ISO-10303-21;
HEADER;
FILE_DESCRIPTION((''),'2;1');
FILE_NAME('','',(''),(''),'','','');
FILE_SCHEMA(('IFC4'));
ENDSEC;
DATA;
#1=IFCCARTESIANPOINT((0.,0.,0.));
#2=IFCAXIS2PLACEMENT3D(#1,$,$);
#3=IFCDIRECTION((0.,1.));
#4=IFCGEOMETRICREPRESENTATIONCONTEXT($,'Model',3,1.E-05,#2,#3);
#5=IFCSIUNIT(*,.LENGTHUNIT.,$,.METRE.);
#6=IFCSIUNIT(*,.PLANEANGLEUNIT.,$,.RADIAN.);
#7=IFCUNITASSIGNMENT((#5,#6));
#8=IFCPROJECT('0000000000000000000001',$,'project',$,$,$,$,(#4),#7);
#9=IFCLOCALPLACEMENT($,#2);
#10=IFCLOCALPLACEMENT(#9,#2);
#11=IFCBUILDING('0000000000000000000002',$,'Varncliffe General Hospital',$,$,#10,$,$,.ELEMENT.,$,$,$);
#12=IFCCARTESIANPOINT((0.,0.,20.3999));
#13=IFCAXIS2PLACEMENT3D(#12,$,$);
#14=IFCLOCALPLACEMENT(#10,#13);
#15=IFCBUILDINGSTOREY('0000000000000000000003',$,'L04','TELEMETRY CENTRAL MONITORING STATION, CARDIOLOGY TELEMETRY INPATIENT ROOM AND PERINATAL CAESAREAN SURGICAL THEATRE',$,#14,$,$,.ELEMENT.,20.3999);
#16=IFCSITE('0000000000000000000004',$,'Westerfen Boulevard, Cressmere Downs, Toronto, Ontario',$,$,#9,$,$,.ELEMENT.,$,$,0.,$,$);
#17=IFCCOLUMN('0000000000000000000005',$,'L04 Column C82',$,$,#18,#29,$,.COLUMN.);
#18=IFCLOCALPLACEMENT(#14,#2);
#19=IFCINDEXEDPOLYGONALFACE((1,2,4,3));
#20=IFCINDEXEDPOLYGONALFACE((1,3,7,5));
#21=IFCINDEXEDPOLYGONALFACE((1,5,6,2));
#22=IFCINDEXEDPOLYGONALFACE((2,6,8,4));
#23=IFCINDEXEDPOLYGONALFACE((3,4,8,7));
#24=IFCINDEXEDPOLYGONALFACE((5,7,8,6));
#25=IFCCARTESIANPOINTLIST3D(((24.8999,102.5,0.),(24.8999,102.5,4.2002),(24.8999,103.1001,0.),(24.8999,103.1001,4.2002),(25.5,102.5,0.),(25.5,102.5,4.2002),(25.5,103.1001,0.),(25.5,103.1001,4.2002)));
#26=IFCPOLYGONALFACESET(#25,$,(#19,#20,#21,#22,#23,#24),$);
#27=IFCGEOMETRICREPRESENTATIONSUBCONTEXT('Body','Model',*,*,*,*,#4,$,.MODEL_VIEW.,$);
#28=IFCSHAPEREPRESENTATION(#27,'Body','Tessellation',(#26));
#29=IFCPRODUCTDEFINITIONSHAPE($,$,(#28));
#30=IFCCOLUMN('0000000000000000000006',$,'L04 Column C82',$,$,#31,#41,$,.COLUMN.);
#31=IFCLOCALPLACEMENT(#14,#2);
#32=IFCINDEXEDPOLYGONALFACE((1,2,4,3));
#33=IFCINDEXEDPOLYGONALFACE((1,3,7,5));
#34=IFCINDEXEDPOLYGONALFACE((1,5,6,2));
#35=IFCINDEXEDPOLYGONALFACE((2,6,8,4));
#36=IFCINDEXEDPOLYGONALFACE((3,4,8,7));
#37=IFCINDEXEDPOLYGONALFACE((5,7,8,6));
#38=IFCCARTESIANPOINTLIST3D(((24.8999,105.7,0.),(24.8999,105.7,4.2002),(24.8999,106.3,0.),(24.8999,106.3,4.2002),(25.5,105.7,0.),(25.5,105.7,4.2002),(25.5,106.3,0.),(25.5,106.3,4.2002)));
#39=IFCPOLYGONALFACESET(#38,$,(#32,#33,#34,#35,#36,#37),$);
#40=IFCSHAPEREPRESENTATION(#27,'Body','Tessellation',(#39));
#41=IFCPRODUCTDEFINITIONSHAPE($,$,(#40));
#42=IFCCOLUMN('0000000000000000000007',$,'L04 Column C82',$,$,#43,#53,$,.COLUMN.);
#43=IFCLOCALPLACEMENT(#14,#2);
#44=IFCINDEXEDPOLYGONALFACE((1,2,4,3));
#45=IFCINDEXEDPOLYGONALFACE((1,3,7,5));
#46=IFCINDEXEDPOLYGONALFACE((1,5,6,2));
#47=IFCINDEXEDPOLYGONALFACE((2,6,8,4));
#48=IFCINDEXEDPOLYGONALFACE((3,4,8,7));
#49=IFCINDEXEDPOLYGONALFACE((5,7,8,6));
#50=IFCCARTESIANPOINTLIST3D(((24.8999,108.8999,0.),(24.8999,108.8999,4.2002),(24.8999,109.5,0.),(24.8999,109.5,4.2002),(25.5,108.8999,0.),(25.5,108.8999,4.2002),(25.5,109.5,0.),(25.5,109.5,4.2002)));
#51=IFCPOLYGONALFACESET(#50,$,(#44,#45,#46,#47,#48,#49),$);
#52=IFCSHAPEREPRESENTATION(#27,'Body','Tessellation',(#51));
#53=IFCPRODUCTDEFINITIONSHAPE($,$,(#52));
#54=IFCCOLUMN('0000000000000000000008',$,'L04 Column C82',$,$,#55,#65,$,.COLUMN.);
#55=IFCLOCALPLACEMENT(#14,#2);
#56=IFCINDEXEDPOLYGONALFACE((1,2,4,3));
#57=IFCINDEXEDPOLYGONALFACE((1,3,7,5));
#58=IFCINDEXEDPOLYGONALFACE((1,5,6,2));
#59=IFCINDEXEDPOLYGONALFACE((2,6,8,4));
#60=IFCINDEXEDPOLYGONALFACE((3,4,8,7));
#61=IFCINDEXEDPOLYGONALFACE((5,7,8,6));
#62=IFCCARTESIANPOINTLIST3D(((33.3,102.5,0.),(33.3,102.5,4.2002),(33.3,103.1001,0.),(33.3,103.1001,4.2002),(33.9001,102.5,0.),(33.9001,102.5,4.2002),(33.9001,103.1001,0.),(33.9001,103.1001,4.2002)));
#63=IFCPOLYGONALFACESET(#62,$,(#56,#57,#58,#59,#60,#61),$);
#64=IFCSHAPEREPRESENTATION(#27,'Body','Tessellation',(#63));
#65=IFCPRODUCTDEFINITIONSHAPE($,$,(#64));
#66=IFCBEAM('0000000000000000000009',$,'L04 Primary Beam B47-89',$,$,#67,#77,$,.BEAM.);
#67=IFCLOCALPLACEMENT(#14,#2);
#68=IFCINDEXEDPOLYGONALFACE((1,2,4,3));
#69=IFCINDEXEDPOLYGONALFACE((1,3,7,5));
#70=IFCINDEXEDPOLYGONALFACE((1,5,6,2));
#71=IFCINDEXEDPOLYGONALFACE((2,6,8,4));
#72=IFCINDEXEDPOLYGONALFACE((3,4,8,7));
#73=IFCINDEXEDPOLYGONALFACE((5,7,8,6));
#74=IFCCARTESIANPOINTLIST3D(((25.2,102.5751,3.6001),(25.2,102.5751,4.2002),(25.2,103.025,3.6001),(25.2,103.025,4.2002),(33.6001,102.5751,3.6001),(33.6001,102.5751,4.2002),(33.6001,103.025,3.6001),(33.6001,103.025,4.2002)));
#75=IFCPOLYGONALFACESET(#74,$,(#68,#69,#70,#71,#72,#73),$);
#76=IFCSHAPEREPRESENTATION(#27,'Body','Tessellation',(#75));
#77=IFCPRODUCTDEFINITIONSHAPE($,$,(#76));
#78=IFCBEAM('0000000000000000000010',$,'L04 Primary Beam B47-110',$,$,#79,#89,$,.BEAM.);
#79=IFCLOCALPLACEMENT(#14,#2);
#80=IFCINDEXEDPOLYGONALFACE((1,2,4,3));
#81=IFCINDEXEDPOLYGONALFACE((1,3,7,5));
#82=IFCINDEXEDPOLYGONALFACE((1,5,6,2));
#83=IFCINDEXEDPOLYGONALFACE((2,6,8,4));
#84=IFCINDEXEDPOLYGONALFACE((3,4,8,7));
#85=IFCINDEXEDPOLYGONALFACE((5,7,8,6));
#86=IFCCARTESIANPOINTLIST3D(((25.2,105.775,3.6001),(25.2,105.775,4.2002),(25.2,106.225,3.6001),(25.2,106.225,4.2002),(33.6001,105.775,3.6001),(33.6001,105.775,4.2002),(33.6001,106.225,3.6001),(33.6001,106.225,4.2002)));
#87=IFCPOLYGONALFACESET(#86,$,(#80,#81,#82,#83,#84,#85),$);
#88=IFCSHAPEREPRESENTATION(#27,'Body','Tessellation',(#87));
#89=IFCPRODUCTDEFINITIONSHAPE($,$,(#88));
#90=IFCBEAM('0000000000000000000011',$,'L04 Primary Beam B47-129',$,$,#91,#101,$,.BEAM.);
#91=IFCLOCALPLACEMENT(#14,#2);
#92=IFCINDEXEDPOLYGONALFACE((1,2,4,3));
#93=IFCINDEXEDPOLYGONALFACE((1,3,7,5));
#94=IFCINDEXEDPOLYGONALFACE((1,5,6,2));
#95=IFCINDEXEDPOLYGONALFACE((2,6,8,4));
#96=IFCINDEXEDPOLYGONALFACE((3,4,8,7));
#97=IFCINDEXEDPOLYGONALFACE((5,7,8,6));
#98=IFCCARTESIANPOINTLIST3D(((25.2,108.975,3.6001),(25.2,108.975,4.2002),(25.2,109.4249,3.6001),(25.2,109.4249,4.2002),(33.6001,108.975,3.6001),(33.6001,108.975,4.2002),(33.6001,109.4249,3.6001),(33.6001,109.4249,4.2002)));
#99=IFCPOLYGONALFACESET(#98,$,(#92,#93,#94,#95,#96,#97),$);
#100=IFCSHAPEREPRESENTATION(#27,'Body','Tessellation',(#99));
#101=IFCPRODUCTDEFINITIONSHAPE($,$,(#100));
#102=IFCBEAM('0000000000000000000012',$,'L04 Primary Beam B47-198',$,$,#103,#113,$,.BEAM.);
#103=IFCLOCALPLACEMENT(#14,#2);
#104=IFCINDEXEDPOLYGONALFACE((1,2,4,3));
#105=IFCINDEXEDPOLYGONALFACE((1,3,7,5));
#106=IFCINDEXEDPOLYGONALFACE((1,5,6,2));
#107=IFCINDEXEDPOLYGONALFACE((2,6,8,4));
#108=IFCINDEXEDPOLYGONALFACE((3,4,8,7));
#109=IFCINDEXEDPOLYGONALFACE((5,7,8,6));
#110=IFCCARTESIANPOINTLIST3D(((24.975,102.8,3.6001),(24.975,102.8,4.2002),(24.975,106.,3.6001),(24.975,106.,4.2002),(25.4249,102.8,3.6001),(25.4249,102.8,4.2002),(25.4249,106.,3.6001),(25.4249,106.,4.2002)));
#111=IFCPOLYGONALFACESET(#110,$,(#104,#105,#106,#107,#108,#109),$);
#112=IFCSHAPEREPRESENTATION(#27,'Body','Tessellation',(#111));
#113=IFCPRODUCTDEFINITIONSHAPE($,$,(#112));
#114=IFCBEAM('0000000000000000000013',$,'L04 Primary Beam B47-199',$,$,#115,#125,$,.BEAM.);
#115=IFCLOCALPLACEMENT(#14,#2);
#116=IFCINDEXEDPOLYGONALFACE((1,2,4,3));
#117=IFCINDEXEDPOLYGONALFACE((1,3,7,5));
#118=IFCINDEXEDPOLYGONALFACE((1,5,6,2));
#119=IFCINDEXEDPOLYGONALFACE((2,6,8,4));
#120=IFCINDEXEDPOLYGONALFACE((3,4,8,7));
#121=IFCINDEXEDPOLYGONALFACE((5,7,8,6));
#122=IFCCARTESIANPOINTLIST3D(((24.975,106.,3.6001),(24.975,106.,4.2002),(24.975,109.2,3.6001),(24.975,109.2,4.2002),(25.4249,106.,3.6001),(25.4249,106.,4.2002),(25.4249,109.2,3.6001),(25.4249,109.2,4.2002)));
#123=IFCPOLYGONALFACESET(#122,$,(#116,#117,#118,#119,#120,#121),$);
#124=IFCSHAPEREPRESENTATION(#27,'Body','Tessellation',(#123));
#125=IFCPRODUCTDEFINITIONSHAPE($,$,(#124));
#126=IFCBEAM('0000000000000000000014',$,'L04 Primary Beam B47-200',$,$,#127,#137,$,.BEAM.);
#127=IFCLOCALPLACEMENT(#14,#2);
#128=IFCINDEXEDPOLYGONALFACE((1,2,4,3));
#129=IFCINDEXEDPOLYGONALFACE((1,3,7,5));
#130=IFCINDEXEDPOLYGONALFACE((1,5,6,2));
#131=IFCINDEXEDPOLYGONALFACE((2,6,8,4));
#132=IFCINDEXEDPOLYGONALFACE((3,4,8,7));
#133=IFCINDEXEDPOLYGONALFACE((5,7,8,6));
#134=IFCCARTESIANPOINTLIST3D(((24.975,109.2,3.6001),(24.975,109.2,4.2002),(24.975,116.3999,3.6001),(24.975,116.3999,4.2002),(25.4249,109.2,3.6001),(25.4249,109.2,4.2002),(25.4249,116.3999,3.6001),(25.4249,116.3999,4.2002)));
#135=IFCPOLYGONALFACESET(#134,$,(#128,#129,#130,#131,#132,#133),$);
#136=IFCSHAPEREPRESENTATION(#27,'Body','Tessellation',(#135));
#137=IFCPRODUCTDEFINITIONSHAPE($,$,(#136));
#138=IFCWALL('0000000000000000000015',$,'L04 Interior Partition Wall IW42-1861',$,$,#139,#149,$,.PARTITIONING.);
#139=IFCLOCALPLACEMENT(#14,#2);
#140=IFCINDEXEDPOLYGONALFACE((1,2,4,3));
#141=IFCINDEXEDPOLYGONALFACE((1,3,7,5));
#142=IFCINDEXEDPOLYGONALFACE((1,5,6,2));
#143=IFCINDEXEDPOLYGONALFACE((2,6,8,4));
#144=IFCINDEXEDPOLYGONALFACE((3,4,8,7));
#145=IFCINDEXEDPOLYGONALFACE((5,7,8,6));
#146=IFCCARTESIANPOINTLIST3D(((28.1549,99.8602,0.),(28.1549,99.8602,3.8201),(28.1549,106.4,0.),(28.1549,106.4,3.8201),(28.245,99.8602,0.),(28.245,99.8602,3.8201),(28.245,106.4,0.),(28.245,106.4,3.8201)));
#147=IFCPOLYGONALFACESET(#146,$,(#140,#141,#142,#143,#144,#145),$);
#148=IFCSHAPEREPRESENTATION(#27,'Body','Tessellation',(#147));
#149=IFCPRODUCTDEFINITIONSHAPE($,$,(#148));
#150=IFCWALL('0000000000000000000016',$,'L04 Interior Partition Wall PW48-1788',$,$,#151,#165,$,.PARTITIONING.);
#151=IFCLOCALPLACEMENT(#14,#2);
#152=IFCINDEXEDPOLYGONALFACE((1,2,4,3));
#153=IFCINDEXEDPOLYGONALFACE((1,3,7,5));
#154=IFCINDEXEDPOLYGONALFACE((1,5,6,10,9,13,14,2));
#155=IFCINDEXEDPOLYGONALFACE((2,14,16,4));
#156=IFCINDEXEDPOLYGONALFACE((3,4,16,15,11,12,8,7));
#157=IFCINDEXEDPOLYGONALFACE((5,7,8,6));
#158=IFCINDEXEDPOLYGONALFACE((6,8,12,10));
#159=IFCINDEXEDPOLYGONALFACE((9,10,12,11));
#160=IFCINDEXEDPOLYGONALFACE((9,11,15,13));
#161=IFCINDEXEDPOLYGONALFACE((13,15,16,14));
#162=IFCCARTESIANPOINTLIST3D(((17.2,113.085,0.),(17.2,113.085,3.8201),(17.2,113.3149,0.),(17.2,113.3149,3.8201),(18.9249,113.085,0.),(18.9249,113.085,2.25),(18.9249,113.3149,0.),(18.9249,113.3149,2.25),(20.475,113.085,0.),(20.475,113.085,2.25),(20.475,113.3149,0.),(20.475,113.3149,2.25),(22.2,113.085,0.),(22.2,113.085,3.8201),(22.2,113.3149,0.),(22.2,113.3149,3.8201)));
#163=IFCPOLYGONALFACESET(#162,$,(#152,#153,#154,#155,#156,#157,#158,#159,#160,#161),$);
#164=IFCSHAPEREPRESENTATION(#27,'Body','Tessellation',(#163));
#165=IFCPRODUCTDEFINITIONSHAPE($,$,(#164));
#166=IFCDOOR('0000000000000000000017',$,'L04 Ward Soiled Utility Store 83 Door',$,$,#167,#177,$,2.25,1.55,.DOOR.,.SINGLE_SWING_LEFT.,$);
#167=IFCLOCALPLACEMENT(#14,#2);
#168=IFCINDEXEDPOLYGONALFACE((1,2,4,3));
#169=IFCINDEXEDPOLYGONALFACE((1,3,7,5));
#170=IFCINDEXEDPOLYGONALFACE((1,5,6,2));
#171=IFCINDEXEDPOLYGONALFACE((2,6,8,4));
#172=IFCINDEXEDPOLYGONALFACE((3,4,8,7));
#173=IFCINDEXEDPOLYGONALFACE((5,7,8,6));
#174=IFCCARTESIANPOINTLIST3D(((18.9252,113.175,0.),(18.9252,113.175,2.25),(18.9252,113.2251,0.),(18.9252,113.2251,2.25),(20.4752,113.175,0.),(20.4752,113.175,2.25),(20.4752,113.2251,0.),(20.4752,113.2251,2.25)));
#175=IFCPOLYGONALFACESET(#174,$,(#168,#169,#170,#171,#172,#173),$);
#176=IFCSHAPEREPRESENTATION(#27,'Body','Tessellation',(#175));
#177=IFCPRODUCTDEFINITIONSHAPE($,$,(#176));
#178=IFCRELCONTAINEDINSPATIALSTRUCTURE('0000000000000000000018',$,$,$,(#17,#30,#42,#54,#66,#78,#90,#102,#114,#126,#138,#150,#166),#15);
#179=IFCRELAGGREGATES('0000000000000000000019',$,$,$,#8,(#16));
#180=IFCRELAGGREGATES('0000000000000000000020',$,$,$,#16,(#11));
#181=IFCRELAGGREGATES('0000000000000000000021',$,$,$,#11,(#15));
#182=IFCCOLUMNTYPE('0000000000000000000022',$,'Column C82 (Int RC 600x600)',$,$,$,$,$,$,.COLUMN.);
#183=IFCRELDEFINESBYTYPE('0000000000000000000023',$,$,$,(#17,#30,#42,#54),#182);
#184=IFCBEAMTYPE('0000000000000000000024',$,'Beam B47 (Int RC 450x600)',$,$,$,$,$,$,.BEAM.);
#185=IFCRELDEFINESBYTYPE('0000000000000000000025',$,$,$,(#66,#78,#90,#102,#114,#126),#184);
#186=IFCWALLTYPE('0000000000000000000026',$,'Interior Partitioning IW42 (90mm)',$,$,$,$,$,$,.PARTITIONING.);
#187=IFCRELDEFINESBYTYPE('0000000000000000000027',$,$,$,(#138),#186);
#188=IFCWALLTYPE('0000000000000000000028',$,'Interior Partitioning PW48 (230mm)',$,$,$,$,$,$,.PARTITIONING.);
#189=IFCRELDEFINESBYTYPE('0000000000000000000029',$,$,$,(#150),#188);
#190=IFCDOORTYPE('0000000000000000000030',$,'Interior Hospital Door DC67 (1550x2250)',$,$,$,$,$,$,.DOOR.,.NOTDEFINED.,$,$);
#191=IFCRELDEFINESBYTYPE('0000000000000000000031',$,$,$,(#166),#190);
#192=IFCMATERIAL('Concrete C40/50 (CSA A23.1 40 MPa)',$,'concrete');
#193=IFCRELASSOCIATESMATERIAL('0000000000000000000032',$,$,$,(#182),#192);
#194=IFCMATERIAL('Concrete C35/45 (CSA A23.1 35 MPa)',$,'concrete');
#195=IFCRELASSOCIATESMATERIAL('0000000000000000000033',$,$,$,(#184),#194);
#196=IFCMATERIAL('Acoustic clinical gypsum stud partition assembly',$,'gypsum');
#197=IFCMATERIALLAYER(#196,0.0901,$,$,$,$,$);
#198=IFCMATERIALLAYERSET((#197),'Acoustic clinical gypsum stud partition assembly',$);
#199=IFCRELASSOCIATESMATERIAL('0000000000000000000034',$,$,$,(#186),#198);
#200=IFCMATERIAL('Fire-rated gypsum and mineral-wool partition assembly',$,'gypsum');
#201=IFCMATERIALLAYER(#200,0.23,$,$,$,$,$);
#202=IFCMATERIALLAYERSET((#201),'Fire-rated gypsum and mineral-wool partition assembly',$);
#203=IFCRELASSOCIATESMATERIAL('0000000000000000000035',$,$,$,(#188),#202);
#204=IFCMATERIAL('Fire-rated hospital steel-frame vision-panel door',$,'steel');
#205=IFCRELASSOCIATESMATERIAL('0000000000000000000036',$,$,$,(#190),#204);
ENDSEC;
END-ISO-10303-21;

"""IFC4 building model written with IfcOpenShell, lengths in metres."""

from ifc_helpers import new_model, si_unit, direction, frame, frame_2d, origin, origin_2d, place, context, subcontext, project, spatial, rectangle, extrude, material, layer, layer_set, material_profile, profile_set, type_object, element, fill, save


model = new_model("IFC4")

# Units and contexts
model_context = context("Model", 3, precision=1e-05, world=origin(), true_north=direction((0.0, 1.0)))
body_context = subcontext(model_context, "Body", "Model", "MODEL_VIEW")
ifc_project = project(units=[si_unit("LENGTHUNIT", "METRE"), si_unit("PLANEANGLEUNIT", "RADIAN")], contexts=[model_context])

# Site, building, storey
site_placement = place(None, origin())
site = spatial("IfcSite", under=ifc_project, at=site_placement, Name="Westerfen Boulevard, Cressmere Downs, Toronto, Ontario", CompositionType="ELEMENT", RefElevation=0.0)
building_placement = place(site_placement, origin())
building = spatial("IfcBuilding", under=site, at=building_placement, Name="Varncliffe General Hospital", CompositionType="ELEMENT")
storey_placement = place(building_placement, frame((0.0, 0.0, 20.3999)))
storey = spatial("IfcBuildingStorey", under=building, at=storey_placement, Name="L04", Description="TELEMETRY CENTRAL MONITORING STATION, CARDIOLOGY TELEMETRY INPATIENT ROOM AND PERINATAL CAESAREAN SURGICAL THEATRE", CompositionType="ELEMENT", Elevation=20.3999)

# Columns
ifc_material_1 = material(Name="Concrete C40/50 (CSA A23.1 40 MPa)", Category="concrete")
ifc_material_profile_1 = material_profile(ifc_material_1, rectangle(XDim=0.6001, YDim=0.6001, at=origin_2d()), Name="RC 600x600")
ifc_profile_set_1 = profile_set([ifc_material_profile_1], Name="Concrete C40/50 (CSA A23.1 40 MPa)")
column_type = type_object("IfcColumnType", Name="Column C82 (Int RC 600x600)", PredefinedType="COLUMN", material=ifc_profile_set_1)
for number, where, z_axis, x_axis, name in (
    (1, (25.2, 102.8, 0.0), (0.0, 0.0, 1.0), (1.0, 0.0, 0.0), "L04 Column C82"),
    (2, (25.2, 106.0, 0.0), (0.0, 0.0, 1.0), (1.0, 0.0, 0.0), "L04 Column C82"),
    (3, (25.2, 109.2, 0.0), (0.0, 0.0, 1.0), (1.0, 0.0, 0.0), "L04 Column C82"),
    (4, (33.6001, 102.8, 0.0), (0.0, 0.0, 1.0), (1.0, 0.0, 0.0), "L04 Column C82"),
):
    element("IfcColumn", number, at=place(storey_placement, frame(where, z_axis=z_axis, x_axis=x_axis)), inside=storey, type_object=column_type, Name=name, PredefinedType="COLUMN", context=body_context, shape_type="SweptSolid", body=[
        extrude(rectangle(XDim=0.6001, YDim=0.6001, at=origin_2d()), origin(), (0.0, 0.0, 1.0), 4.2002),
    ])

# Beams
ifc_material_2 = material(Name="Concrete C35/45 (CSA A23.1 35 MPa)", Category="concrete")
ifc_material_profile_2 = material_profile(ifc_material_2, rectangle(XDim=0.45, YDim=0.6001, at=origin_2d()), Name="RC 450x600")
ifc_profile_set_2 = profile_set([ifc_material_profile_2], Name="Concrete C35/45 (CSA A23.1 35 MPa)")
beam_type = type_object("IfcBeamType", Name="Beam B47 (Int RC 450x600)", PredefinedType="BEAM", material=ifc_profile_set_2)
for number, where, z_axis, x_axis, name in (
    (5, (25.2, 102.8, 3.9001), (1.0, 0.0, 0.0), (0.0, 1.0, 0.0), "L04 Primary Beam B47-89"),
    (6, (25.2, 106.0, 3.9001), (1.0, 0.0, 0.0), (0.0, 1.0, 0.0), "L04 Primary Beam B47-110"),
    (7, (25.2, 109.2, 3.9001), (1.0, 0.0, 0.0), (0.0, 1.0, 0.0), "L04 Primary Beam B47-129"),
):
    element("IfcBeam", number, at=place(storey_placement, frame(where, z_axis=z_axis, x_axis=x_axis)), inside=storey, type_object=beam_type, Name=name, PredefinedType="BEAM", context=body_context, shape_type="SweptSolid", body=[
        extrude(rectangle(XDim=0.45, YDim=0.6001, at=origin_2d()), origin(), (0.0, 0.0, 1.0), 8.4001),
    ])
for number, where, z_axis, x_axis, name in (
    (8, (25.2, 102.8, 3.9001), (0.0, 1.0, 0.0), (-1.0, 0.0, 0.0), "L04 Primary Beam B47-198"),
    (9, (25.2, 106.0, 3.9001), (0.0, 1.0, 0.0), (-1.0, 0.0, 0.0), "L04 Primary Beam B47-199"),
):
    element("IfcBeam", number, at=place(storey_placement, frame(where, z_axis=z_axis, x_axis=x_axis)), inside=storey, type_object=beam_type, Name=name, PredefinedType="BEAM", context=body_context, shape_type="SweptSolid", body=[
        extrude(rectangle(XDim=0.45, YDim=0.6001, at=origin_2d()), origin(), (0.0, 0.0, 1.0), 3.2),
    ])
beam_placement = place(storey_placement, frame((25.2, 109.2, 3.9001), z_axis=(0.0, 1.0, 0.0), x_axis=(-1.0, 0.0, 0.0)))
element("IfcBeam", 10, at=beam_placement, inside=storey, type_object=beam_type, Name="L04 Primary Beam B47-200", PredefinedType="BEAM", context=body_context, shape_type="SweptSolid", body=[
    extrude(rectangle(XDim=0.45, YDim=0.6001, at=origin_2d()), origin(), (0.0, 0.0, 1.0), 7.2),
])

# Wall
ifc_material_3 = material(Name="Acoustic clinical gypsum stud partition assembly", Category="gypsum")
ifc_layer_1 = layer(ifc_material_3, 0.0901)
ifc_layer_set_1 = layer_set([ifc_layer_1], Name="Acoustic clinical gypsum stud partition assembly")
wall_type_1 = type_object("IfcWallType", Name="Interior Partitioning IW42 (90mm)", PredefinedType="PARTITIONING", material=ifc_layer_set_1)
wall_1_placement = place(storey_placement, frame((28.2, 99.8601, 0.0), z_axis=(0.0, 0.0, 1.0), x_axis=(0.0, 1.0, 0.0)))
element("IfcWall", 11, at=wall_1_placement, inside=storey, type_object=wall_type_1, Name="L04 Interior Partition Wall IW42-1861", PredefinedType="PARTITIONING", context=body_context, shape_type="SweptSolid", body=[
    extrude(rectangle(XDim=6.5398, YDim=0.0901, at=frame_2d((3.27, 0.0))), origin(), (0.0, 0.0, 1.0), 3.8201),
])

# Wall, opening, door
ifc_material_4 = material(Name="Fire-rated gypsum and mineral-wool partition assembly", Category="gypsum")
ifc_layer_2 = layer(ifc_material_4, 0.23)
ifc_layer_set_2 = layer_set([ifc_layer_2], Name="Fire-rated gypsum and mineral-wool partition assembly")
wall_type_2 = type_object("IfcWallType", Name="Interior Partitioning PW48 (230mm)", PredefinedType="PARTITIONING", material=ifc_layer_set_2)
wall_2_placement = place(storey_placement, frame((17.2, 113.2, 0.0), z_axis=(0.0, 0.0, 1.0), x_axis=(1.0, 0.0, 0.0)))
wall_2 = element("IfcWall", 12, at=wall_2_placement, inside=storey, type_object=wall_type_2, Name="L04 Interior Partition Wall PW48-1788", PredefinedType="PARTITIONING", context=body_context, shape_type="SweptSolid", body=[
    extrude(rectangle(XDim=5.0, YDim=0.23, at=frame_2d((2.5, 0.0))), origin(), (0.0, 0.0, 1.0), 3.8201),
])
opening_1_placement = place(wall_2_placement, frame((1.7251, 0.0, 0.0)))
opening_1 = element("IfcOpeningElement", 13, at=opening_1_placement, cuts=wall_2, PredefinedType="OPENING", context=body_context, shape_type="SweptSolid", body=[
    extrude(rectangle(XDim=1.55, YDim=2.25, at=frame_2d((0.7749, 1.125))), frame((0.0, 0.125, 0.0), z_axis=(0.0, -1.0, 0.0), x_axis=(1.0, 0.0, 0.0)), (0.0, 0.0, 1.0), 0.25),
])
ifc_material_5 = material(Name="Fire-rated hospital steel-frame vision-panel door", Category="steel")
door_type_1 = type_object("IfcDoorType", Name="Interior Hospital Door DC67 (1550x2250)", OperationType="NOTDEFINED", PredefinedType="DOOR", material=ifc_material_5)
door_1_placement = place(opening_1_placement, frame((1.55, 0.0, 0.0), z_axis=(0.0, 0.0, 1.0), x_axis=(-1.0, 0.0, 0.0)))
door_1 = element("IfcDoor", 14, at=door_1_placement, inside=storey, type_object=door_type_1, Name="L04 Ward Soiled Utility Store 83 Door", OperationType="SINGLE_SWING_LEFT", OverallHeight=2.25, OverallWidth=1.55, PredefinedType="DOOR", context=body_context, shape_type="SweptSolid", body=[
    extrude(rectangle(XDim=1.55, YDim=2.25, at=frame_2d((0.7749, 1.125))), frame((0.0, 0.0249, 0.0), z_axis=(0.0, -1.0, 0.0), x_axis=(1.0, 0.0, 0.0)), (0.0, 0.0, 1.0), 0.05),
])
fill(opening_1, door_1)

save(model, "model.ifc")
